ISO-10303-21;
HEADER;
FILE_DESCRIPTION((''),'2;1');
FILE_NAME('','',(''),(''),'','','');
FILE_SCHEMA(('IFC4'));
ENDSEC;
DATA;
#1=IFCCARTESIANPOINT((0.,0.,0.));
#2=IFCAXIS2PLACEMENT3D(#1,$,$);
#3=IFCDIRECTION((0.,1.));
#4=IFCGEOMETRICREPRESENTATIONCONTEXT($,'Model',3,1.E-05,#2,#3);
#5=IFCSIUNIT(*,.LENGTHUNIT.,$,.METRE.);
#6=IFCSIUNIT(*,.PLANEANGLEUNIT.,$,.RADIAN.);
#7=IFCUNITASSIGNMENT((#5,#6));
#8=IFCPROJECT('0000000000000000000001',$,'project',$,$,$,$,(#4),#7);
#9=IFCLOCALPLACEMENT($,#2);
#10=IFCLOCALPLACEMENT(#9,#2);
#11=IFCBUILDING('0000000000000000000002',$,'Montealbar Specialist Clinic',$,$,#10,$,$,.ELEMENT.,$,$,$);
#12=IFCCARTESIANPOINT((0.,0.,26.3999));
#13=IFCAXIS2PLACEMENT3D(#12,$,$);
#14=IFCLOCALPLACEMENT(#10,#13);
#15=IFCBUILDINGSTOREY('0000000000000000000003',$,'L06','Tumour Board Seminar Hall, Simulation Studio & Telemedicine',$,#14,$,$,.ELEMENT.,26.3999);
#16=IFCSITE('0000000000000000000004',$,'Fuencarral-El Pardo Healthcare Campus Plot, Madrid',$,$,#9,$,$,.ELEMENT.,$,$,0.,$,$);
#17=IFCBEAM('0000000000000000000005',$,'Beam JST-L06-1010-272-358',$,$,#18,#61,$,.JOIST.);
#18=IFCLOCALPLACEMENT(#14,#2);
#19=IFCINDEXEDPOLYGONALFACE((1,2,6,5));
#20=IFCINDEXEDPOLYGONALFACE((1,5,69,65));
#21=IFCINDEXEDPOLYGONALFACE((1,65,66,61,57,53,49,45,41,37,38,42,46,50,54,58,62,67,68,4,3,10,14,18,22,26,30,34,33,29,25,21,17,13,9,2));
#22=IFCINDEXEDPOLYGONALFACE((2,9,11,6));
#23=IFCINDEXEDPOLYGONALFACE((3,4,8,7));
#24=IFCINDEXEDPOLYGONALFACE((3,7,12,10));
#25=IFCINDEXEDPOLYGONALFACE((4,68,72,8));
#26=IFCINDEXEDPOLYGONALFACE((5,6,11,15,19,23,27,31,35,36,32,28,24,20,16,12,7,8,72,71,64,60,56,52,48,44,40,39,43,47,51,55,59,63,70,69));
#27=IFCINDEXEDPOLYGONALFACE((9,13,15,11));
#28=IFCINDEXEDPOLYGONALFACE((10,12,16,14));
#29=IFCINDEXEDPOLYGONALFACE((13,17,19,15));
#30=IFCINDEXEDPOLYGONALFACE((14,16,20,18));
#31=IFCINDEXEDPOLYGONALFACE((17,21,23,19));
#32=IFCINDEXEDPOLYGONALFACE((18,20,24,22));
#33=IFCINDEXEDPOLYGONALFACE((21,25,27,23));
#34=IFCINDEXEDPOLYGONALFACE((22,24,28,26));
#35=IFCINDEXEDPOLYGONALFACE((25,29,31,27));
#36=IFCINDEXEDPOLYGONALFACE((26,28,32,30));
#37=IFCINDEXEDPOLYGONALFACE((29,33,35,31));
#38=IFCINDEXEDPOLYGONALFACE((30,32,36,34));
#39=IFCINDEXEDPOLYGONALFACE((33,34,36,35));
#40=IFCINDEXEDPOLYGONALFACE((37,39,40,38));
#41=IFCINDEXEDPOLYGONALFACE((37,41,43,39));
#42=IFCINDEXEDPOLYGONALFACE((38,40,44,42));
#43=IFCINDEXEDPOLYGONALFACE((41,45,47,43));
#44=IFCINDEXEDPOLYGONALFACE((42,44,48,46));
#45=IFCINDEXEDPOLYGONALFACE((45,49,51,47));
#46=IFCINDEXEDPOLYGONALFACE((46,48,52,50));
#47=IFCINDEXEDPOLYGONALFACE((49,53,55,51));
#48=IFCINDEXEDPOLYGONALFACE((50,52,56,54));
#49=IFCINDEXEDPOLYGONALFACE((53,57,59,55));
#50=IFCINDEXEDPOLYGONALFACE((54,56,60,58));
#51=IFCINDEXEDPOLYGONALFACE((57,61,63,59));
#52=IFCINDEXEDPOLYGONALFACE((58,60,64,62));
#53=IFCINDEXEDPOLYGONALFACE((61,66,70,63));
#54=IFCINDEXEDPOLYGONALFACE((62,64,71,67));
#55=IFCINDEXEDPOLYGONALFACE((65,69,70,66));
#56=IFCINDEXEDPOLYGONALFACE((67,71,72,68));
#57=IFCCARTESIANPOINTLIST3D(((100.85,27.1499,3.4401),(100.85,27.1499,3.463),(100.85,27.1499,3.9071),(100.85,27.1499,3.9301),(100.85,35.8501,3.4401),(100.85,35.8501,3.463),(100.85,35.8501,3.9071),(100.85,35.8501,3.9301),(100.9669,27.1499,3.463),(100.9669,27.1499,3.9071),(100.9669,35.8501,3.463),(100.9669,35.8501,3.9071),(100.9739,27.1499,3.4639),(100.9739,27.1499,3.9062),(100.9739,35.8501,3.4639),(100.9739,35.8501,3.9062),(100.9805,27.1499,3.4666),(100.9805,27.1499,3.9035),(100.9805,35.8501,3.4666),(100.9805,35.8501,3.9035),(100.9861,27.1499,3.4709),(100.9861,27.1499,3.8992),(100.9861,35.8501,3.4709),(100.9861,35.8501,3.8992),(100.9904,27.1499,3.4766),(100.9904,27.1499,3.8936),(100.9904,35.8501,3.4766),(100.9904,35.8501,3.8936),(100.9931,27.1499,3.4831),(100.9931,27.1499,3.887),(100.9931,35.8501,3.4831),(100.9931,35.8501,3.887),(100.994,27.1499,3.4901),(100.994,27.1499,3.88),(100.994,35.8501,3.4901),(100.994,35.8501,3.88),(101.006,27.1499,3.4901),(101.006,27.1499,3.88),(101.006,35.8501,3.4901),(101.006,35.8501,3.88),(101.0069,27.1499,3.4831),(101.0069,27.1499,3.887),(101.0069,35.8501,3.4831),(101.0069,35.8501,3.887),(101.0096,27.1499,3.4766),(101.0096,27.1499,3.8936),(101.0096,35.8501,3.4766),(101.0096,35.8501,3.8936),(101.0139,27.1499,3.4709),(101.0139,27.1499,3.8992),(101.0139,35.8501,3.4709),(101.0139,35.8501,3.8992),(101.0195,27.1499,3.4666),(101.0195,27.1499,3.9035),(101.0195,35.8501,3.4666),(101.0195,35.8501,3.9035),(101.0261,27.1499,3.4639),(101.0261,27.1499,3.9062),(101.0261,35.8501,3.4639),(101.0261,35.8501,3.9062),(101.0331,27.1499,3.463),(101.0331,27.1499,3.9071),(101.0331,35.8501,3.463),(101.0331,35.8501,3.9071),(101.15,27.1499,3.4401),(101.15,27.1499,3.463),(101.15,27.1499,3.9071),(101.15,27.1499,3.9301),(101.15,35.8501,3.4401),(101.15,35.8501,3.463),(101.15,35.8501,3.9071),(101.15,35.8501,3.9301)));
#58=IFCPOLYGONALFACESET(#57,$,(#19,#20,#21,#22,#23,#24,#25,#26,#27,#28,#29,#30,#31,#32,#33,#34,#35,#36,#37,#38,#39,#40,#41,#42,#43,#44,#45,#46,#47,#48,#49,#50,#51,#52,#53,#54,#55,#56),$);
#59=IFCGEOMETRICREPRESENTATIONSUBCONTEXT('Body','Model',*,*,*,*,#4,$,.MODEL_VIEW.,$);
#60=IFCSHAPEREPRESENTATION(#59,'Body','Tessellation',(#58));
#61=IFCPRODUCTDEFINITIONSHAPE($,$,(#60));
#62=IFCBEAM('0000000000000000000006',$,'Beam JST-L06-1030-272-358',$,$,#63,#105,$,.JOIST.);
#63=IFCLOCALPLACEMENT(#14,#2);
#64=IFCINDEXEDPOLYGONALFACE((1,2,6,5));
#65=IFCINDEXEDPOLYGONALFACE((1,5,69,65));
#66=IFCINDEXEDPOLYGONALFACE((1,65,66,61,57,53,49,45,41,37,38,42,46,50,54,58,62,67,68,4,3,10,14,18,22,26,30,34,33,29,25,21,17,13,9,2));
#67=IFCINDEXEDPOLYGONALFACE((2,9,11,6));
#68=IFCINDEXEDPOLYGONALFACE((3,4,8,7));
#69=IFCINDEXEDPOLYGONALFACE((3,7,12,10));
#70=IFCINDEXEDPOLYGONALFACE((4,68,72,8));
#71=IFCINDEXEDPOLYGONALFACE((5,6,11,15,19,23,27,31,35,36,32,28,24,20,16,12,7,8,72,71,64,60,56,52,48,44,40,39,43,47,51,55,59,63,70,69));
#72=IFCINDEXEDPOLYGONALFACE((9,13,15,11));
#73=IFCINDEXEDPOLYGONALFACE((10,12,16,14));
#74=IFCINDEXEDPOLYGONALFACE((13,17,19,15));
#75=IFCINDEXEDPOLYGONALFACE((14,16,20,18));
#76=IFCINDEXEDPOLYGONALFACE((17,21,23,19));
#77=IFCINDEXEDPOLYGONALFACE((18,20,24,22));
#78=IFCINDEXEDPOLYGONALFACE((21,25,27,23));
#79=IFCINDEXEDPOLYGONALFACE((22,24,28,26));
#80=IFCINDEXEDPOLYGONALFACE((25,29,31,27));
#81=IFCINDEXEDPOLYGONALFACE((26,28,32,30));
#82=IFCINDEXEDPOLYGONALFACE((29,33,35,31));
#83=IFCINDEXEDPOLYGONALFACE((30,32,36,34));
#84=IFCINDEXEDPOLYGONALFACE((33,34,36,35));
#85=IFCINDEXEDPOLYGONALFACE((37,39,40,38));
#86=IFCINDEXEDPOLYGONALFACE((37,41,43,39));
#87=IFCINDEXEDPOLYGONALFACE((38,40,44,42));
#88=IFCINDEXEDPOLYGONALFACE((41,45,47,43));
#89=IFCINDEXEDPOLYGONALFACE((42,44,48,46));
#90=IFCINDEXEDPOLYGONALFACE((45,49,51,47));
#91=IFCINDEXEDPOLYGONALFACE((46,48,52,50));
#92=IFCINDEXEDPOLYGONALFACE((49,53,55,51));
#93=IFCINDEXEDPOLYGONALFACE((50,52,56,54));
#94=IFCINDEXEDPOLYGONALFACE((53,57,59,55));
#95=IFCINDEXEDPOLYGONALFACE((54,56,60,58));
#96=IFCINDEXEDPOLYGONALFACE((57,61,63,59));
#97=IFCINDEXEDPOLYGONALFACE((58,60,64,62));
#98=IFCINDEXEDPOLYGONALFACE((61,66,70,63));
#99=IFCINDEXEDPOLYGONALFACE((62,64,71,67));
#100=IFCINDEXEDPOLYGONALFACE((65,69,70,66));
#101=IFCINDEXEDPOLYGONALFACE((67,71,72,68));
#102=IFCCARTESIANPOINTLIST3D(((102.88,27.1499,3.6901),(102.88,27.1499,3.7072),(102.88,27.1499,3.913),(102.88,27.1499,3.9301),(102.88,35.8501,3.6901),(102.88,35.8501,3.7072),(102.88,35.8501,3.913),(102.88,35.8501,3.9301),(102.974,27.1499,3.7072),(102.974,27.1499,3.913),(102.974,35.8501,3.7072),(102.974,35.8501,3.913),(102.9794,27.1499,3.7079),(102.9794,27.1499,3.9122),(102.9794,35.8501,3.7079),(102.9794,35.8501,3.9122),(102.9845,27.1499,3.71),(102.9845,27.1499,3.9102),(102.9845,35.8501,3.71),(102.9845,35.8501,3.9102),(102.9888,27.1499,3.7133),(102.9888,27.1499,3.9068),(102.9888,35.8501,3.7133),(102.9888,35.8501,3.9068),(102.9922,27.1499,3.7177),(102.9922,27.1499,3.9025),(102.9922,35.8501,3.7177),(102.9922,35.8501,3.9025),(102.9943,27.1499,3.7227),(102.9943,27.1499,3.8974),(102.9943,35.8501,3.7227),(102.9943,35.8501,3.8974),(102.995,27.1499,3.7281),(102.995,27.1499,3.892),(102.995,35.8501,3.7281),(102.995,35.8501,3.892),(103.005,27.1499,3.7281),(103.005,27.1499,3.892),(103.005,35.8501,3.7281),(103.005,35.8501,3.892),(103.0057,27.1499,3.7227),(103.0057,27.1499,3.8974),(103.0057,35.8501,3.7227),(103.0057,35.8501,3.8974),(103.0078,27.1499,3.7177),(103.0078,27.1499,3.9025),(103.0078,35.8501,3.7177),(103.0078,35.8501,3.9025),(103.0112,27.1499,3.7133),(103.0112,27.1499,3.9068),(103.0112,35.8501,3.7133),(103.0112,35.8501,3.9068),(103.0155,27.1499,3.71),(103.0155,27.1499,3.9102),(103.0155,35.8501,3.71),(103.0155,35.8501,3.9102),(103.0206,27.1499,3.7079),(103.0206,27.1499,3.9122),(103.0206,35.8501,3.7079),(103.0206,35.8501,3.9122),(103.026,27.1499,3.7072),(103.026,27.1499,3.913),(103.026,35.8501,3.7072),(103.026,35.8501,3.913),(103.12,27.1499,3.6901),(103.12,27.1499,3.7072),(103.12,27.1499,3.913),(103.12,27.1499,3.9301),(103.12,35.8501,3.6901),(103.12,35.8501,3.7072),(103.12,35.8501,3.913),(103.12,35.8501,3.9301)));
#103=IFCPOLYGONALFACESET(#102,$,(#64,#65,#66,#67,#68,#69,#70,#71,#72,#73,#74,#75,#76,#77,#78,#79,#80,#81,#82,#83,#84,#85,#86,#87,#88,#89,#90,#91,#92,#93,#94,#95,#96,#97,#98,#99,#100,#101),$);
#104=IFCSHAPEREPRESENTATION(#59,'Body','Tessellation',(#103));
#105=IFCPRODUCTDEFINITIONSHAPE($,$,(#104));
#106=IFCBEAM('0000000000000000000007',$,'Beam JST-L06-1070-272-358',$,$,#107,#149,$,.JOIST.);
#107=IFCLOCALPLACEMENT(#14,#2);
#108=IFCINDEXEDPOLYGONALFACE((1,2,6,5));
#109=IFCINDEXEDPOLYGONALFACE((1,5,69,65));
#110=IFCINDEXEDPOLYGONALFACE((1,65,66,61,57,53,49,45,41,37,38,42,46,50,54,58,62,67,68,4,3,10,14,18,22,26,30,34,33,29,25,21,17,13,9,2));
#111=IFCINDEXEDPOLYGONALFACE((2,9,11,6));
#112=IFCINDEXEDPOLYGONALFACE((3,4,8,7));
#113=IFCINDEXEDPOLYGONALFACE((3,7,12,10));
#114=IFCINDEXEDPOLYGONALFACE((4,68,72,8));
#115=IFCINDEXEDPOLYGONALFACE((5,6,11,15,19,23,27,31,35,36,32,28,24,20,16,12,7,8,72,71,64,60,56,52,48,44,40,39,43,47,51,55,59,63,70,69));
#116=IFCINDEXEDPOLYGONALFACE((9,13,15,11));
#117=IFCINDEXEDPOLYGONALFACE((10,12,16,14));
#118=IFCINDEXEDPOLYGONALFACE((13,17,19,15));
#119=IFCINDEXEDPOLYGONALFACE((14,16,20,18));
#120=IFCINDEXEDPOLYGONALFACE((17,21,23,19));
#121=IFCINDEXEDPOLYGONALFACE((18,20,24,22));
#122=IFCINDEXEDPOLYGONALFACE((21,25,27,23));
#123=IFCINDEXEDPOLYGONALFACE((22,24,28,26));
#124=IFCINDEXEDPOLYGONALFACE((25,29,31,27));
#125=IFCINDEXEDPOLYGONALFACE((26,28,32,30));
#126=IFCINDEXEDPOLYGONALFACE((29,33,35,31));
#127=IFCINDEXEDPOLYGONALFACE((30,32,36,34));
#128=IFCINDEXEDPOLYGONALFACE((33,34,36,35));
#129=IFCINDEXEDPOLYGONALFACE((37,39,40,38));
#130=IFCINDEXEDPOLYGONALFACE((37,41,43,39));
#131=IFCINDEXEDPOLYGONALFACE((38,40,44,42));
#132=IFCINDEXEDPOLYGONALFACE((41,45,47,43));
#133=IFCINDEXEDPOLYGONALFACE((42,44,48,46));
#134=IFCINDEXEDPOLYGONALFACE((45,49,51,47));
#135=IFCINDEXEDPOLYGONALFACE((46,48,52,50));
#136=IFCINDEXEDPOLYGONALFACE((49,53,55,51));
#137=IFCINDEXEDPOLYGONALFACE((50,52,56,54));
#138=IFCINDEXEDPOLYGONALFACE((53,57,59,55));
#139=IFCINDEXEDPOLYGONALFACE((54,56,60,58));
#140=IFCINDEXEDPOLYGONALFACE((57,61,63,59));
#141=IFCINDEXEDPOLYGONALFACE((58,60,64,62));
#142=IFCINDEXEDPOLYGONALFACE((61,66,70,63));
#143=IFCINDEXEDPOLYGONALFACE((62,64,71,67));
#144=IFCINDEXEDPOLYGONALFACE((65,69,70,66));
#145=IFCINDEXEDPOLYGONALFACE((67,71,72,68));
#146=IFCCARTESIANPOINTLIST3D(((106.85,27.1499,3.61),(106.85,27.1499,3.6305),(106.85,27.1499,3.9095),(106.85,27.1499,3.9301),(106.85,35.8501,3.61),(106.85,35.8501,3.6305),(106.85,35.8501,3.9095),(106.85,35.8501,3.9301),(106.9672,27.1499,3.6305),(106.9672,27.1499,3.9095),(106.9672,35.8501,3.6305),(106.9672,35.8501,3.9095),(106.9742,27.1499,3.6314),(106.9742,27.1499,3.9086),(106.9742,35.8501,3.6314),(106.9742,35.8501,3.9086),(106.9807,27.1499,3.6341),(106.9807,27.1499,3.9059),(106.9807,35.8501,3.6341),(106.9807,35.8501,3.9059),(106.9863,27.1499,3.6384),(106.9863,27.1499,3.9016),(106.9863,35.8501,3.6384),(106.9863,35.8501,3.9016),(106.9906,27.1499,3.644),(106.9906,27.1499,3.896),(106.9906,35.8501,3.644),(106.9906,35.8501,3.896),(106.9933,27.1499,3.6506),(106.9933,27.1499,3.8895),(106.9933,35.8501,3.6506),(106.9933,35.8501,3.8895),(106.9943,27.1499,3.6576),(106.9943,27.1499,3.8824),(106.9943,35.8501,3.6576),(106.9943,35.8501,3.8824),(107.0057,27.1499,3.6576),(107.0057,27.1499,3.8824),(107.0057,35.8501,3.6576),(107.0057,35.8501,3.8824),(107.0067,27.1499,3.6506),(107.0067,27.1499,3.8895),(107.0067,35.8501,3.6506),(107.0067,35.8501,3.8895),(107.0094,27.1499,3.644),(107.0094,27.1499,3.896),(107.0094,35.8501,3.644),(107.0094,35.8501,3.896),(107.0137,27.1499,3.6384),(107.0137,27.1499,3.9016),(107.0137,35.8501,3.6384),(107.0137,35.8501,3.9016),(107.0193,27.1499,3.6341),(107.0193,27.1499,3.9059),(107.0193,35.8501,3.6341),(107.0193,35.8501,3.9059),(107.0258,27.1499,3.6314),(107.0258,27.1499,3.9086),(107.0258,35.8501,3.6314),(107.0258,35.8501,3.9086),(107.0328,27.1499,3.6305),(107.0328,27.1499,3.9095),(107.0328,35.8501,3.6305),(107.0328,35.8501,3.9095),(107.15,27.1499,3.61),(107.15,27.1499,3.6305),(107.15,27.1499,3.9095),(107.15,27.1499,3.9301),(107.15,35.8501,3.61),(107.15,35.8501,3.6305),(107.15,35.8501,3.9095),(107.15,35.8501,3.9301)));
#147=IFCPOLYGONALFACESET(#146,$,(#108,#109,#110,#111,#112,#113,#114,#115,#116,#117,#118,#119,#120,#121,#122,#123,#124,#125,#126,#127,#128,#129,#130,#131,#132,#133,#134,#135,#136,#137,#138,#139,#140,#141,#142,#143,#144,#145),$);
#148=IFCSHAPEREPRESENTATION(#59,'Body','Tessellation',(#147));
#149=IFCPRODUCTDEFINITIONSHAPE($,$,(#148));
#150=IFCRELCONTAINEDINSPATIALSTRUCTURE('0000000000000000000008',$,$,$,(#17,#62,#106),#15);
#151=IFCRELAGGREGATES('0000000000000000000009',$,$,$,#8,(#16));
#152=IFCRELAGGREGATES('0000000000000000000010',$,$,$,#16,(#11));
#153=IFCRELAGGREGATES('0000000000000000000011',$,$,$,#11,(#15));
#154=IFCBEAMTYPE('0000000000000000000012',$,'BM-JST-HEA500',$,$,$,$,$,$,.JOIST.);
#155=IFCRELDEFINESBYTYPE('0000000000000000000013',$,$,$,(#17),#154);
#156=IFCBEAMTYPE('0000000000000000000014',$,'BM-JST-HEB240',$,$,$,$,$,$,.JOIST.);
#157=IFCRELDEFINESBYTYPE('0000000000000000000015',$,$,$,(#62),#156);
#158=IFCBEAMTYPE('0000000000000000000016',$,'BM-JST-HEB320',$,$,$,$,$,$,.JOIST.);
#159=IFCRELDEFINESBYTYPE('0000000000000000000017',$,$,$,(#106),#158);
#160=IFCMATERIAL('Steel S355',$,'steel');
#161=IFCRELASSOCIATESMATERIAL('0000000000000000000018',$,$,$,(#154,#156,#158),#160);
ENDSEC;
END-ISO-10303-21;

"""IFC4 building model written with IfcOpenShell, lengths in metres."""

from ifc_helpers import new_model, si_unit, direction, frame, origin, origin_2d, place, context, subcontext, project, spatial, i_section, extrude, material, material_profile, profile_set, type_object, element, save


model = new_model("IFC4")

# Units and contexts
model_context = context("Model", 3, precision=1e-05, world=origin(), true_north=direction((0.0, 1.0)))
body_context = subcontext(model_context, "Body", "Model", "MODEL_VIEW")
ifc_project = project(units=[si_unit("LENGTHUNIT", "METRE"), si_unit("PLANEANGLEUNIT", "RADIAN")], contexts=[model_context])

# Site, building, storey
site_placement = place(None, origin())
site = spatial("IfcSite", under=ifc_project, at=site_placement, Name="Fuencarral-El Pardo Healthcare Campus Plot, Madrid", CompositionType="ELEMENT", RefElevation=0.0)
building_placement = place(site_placement, origin())
building = spatial("IfcBuilding", under=site, at=building_placement, Name="Montealbar Specialist Clinic", CompositionType="ELEMENT")
storey_placement = place(building_placement, frame((0.0, 0.0, 26.3999)))
storey = spatial("IfcBuildingStorey", under=building, at=storey_placement, Name="L06", Description="Tumour Board Seminar Hall, Simulation Studio & Telemedicine", CompositionType="ELEMENT", Elevation=26.3999)

# Shared definitions
ifc_material_1 = material(Name="Steel S355", Category="steel")

# Beams
ifc_material_profile_1 = material_profile(ifc_material_1, i_section(OverallWidth=0.3, OverallDepth=0.49, WebThickness=0.012, FlangeThickness=0.0229, FilletRadius=0.0271, at=origin_2d()), Name="HEA 500", Category="steel")
ifc_profile_set_1 = profile_set([ifc_material_profile_1], Name="Steel S355")
beam_type_1 = type_object("IfcBeamType", Name="BM-JST-HEA500", PredefinedType="JOIST", material=ifc_profile_set_1)
beam_1_placement = place(storey_placement, frame((101.0, 27.1499, 3.6851), z_axis=(0.0, 1.0, 0.0), x_axis=(-1.0, 0.0, 0.0)))
element("IfcBeam", 1, at=beam_1_placement, inside=storey, type_object=beam_type_1, Name="Beam JST-L06-1010-272-358", PredefinedType="JOIST", context=body_context, shape_type="SweptSolid", body=[
    extrude(i_section(OverallWidth=0.3, OverallDepth=0.49, WebThickness=0.012, FlangeThickness=0.0229, FilletRadius=0.0271, at=origin_2d()), origin(), (0.0, 0.0, 1.0), 8.7002),
])
ifc_material_profile_2 = material_profile(ifc_material_1, i_section(OverallWidth=0.24, OverallDepth=0.24, WebThickness=0.01, FlangeThickness=0.0171, FilletRadius=0.021, at=origin_2d()), Name="HEB 240", Category="steel")
ifc_profile_set_2 = profile_set([ifc_material_profile_2], Name="Steel S355")
beam_type_2 = type_object("IfcBeamType", Name="BM-JST-HEB240", PredefinedType="JOIST", material=ifc_profile_set_2)
beam_2_placement = place(storey_placement, frame((103.0, 27.1499, 3.8101), z_axis=(0.0, 1.0, 0.0), x_axis=(-1.0, 0.0, 0.0)))
element("IfcBeam", 2, at=beam_2_placement, inside=storey, type_object=beam_type_2, Name="Beam JST-L06-1030-272-358", PredefinedType="JOIST", context=body_context, shape_type="SweptSolid", body=[
    extrude(i_section(OverallWidth=0.24, OverallDepth=0.24, WebThickness=0.01, FlangeThickness=0.0171, FilletRadius=0.021, at=origin_2d()), origin(), (0.0, 0.0, 1.0), 8.7002),
])
ifc_material_profile_3 = material_profile(ifc_material_1, i_section(OverallWidth=0.3, OverallDepth=0.3201, WebThickness=0.0115, FlangeThickness=0.0205, FilletRadius=0.0271, at=origin_2d()), Name="HEB 320", Category="steel")
ifc_profile_set_3 = profile_set([ifc_material_profile_3], Name="Steel S355")
beam_type_3 = type_object("IfcBeamType", Name="BM-JST-HEB320", PredefinedType="JOIST", material=ifc_profile_set_3)
beam_3_placement = place(storey_placement, frame((107.0, 27.1499, 3.77), z_axis=(0.0, 1.0, 0.0), x_axis=(-1.0, 0.0, 0.0)))
element("IfcBeam", 3, at=beam_3_placement, inside=storey, type_object=beam_type_3, Name="Beam JST-L06-1070-272-358", PredefinedType="JOIST", context=body_context, shape_type="SweptSolid", body=[
    extrude(i_section(OverallWidth=0.3, OverallDepth=0.3201, WebThickness=0.0115, FlangeThickness=0.0205, FilletRadius=0.0271, at=origin_2d()), origin(), (0.0, 0.0, 1.0), 8.7002),
])

save(model, "model.ifc")
